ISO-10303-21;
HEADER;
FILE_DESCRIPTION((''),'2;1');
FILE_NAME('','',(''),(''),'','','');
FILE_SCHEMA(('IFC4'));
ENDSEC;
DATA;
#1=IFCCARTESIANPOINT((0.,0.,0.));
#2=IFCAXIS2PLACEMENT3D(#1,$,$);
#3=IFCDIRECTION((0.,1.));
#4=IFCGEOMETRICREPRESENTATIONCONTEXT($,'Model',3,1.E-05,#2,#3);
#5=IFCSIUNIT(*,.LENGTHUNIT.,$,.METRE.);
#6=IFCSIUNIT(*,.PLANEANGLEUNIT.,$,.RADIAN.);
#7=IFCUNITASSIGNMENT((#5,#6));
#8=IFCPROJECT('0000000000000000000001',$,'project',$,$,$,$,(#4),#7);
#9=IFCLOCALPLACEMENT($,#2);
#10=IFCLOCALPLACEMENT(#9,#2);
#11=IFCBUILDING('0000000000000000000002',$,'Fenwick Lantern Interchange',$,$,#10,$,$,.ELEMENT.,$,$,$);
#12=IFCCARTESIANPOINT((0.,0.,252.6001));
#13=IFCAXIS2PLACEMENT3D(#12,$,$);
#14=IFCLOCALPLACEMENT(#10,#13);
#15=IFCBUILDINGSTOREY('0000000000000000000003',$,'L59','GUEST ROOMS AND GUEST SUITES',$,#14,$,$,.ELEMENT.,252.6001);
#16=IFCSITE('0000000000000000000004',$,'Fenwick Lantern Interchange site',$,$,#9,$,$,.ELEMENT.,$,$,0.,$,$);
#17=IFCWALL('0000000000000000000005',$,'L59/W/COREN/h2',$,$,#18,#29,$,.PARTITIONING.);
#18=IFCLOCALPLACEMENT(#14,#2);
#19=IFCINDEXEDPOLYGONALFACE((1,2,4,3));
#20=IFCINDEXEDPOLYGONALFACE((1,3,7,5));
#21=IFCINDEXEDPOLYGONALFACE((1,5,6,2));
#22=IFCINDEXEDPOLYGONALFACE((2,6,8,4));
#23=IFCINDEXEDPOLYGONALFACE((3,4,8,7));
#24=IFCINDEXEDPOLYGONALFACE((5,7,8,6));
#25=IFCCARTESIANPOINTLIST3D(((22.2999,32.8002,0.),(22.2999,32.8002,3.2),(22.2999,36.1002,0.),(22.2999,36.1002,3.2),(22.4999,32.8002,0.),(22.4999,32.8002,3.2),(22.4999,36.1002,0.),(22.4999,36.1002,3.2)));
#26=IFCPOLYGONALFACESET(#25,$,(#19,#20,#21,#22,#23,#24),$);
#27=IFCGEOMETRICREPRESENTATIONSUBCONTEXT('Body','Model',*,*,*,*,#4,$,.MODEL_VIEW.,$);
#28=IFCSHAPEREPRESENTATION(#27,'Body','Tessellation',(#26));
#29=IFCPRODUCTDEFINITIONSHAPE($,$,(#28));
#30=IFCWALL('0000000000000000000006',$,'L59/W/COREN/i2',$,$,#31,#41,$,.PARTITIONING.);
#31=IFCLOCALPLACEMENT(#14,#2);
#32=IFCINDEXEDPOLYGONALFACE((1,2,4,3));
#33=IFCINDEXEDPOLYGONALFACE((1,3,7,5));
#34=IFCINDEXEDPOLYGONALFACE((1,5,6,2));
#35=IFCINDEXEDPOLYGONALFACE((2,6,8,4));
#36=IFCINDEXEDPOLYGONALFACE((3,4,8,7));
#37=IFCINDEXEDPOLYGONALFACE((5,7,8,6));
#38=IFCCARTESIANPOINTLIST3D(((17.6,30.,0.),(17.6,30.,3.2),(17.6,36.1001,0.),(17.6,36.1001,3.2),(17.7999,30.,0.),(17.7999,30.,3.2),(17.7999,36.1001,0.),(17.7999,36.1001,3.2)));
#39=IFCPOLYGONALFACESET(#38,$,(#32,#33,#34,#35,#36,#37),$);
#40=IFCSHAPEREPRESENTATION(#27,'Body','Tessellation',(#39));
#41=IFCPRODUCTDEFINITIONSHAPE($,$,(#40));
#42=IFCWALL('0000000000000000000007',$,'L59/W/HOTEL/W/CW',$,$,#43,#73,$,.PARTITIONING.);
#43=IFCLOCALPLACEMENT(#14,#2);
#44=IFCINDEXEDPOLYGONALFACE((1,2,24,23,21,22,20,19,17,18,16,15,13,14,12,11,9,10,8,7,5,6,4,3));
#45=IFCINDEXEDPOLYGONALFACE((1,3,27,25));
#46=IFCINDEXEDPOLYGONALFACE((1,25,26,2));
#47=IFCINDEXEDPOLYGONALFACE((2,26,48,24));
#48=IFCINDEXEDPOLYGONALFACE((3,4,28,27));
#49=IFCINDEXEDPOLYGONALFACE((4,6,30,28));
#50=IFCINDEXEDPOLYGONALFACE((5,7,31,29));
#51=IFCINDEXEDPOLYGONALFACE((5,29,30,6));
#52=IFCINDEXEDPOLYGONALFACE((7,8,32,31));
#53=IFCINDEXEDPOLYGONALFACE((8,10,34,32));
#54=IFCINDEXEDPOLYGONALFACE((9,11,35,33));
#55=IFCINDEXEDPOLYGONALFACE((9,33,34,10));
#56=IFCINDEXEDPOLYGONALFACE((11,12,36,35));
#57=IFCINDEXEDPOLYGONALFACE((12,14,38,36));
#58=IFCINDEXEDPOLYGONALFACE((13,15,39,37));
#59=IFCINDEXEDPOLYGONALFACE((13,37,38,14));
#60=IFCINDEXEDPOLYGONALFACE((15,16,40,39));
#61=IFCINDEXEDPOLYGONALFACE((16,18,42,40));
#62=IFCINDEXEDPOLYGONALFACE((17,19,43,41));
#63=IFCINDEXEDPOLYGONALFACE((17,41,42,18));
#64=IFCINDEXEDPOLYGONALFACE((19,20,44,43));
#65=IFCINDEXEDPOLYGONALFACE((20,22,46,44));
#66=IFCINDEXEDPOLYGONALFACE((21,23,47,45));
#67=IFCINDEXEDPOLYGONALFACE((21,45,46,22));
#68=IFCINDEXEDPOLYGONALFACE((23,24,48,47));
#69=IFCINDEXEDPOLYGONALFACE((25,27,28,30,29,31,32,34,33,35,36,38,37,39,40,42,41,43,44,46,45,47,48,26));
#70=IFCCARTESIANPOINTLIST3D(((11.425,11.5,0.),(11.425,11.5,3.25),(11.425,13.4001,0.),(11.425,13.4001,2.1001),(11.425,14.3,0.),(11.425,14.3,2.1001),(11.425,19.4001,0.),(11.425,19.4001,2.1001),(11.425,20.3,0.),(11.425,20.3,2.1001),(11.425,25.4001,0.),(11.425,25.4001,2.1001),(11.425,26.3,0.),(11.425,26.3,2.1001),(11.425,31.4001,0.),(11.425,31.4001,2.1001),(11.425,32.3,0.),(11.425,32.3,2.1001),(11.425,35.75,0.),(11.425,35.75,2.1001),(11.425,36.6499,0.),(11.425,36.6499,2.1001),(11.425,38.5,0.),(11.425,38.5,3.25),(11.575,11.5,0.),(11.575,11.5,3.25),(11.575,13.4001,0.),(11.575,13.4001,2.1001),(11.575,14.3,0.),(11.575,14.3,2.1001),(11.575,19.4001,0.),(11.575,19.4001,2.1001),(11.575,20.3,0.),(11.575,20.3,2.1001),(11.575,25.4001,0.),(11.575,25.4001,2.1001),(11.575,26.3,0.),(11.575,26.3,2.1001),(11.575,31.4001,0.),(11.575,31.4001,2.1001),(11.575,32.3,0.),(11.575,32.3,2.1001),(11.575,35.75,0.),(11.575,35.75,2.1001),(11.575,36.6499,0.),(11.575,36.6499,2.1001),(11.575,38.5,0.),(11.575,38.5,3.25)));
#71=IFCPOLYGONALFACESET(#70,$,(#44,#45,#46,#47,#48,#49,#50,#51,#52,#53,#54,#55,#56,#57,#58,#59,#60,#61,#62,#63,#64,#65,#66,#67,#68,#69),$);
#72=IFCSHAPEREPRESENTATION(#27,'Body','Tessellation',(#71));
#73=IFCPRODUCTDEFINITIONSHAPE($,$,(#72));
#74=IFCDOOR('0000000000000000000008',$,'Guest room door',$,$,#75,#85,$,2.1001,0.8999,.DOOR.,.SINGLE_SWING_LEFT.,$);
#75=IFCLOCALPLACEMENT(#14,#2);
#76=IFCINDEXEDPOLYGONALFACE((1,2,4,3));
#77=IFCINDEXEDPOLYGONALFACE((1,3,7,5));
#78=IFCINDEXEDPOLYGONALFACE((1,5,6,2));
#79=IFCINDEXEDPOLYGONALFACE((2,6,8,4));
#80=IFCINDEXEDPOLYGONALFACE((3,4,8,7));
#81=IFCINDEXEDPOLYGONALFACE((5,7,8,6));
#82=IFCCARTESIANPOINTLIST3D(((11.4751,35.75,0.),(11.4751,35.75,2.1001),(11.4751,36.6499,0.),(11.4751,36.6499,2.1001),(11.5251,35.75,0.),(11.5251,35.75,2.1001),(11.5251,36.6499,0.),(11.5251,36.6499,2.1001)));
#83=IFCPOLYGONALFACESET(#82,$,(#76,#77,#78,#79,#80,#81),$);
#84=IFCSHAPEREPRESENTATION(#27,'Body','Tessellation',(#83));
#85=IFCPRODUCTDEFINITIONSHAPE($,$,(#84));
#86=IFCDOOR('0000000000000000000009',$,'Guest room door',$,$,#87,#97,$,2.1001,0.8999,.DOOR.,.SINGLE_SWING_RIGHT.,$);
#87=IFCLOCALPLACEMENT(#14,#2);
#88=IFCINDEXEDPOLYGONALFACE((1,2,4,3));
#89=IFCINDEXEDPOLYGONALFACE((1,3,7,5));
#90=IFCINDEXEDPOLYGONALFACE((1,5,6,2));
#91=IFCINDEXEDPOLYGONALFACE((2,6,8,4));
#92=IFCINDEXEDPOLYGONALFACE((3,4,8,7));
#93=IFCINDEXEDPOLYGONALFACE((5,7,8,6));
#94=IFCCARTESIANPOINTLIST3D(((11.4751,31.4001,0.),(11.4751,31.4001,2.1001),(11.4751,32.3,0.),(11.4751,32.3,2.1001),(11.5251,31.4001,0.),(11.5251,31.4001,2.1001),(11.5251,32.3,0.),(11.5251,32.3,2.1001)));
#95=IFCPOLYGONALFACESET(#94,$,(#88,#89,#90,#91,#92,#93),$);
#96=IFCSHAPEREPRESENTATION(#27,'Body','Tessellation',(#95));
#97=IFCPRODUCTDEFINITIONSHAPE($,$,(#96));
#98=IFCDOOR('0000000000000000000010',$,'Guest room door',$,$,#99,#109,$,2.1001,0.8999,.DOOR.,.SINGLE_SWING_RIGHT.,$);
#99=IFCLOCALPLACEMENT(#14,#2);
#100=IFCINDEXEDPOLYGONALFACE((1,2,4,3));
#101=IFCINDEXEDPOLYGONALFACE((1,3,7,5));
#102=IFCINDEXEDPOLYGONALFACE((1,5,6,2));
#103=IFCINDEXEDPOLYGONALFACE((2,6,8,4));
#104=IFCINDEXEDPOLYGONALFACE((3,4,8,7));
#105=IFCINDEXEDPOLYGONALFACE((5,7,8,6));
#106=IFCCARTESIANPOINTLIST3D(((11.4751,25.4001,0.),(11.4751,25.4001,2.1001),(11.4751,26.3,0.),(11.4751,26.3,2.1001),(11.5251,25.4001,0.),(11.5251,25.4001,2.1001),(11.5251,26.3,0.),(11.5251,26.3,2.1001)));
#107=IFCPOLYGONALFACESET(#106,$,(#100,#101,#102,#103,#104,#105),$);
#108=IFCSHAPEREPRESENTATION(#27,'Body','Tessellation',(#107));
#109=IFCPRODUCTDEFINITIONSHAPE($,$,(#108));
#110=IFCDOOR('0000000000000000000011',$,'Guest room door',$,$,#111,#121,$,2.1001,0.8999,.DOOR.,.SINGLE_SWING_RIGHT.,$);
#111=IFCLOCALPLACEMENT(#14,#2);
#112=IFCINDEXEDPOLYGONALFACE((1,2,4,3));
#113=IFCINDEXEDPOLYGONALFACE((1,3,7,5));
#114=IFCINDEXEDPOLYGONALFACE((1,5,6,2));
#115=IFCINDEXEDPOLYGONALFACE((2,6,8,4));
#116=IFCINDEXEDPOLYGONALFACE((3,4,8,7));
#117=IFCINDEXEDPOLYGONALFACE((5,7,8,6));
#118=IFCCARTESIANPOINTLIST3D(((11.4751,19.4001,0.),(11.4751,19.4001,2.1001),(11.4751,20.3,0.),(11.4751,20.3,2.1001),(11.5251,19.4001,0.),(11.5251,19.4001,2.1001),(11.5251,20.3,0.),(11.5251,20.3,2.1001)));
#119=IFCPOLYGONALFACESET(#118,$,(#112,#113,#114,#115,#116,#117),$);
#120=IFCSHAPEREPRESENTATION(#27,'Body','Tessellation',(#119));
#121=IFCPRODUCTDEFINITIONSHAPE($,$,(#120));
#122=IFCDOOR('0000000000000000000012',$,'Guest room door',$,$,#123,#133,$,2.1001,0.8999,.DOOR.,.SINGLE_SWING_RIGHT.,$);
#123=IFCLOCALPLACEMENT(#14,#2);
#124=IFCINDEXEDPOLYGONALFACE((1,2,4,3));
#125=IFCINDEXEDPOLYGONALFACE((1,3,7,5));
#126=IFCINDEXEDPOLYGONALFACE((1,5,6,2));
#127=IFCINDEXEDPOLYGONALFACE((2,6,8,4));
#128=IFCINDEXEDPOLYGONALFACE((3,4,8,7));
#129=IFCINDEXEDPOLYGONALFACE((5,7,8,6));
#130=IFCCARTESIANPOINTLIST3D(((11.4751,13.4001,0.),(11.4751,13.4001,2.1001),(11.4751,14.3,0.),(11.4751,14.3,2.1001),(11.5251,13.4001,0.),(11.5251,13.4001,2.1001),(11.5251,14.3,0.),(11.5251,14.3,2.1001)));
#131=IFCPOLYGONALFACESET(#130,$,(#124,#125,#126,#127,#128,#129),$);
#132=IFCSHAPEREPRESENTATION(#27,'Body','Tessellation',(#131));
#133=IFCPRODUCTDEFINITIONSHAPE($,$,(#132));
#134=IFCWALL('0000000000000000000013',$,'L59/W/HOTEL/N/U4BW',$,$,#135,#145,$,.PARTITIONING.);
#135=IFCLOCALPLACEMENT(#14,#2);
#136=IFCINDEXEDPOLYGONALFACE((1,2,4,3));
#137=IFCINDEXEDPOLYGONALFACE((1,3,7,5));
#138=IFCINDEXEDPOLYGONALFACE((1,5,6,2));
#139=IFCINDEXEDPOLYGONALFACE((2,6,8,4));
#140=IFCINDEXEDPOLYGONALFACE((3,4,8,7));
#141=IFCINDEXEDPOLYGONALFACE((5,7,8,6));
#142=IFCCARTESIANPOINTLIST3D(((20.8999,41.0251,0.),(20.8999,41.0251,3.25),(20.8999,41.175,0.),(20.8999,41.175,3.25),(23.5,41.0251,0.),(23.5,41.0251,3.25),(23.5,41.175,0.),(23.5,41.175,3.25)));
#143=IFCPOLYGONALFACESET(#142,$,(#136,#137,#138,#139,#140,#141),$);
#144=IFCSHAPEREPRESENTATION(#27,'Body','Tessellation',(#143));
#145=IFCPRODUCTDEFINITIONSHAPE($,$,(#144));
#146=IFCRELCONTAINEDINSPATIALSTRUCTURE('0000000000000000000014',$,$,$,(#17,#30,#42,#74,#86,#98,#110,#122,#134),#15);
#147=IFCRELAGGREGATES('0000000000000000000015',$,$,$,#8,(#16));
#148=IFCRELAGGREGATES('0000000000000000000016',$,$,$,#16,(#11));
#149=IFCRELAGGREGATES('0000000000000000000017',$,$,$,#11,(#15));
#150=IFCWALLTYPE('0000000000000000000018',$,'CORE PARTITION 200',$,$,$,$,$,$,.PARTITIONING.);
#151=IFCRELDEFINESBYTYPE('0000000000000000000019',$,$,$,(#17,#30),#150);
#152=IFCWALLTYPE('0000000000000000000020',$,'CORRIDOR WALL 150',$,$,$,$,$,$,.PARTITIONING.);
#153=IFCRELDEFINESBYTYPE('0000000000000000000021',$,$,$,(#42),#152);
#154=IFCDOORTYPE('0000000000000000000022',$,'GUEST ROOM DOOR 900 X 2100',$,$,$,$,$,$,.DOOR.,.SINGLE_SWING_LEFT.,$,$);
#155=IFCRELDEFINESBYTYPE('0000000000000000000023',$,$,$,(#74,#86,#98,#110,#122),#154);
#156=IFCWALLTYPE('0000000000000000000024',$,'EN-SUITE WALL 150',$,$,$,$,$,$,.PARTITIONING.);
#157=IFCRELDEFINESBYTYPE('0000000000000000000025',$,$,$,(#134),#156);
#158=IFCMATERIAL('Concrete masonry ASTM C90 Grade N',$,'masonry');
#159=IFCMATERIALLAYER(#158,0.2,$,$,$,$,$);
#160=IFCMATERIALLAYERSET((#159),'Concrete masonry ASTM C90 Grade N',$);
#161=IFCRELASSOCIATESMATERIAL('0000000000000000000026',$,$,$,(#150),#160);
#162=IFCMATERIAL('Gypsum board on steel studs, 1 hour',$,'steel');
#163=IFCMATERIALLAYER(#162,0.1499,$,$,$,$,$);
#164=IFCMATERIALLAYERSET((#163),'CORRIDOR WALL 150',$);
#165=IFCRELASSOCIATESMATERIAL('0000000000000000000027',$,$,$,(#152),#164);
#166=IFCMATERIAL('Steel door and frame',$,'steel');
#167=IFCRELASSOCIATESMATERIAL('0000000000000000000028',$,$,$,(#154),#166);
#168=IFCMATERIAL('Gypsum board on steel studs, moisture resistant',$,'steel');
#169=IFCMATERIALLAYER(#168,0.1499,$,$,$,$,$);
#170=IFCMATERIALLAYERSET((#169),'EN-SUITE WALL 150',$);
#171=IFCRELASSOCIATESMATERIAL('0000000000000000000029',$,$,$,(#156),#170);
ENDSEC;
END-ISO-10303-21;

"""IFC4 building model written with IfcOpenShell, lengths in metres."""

from ifc_helpers import new_model, si_unit, direction, frame, frame_2d, origin, place, context, subcontext, project, spatial, rectangle, extrude, material, layer, layer_set, type_object, element, fill, save


model = new_model("IFC4")

# Units and contexts
model_context = context("Model", 3, precision=1e-05, world=origin(), true_north=direction((0.0, 1.0)))
body_context = subcontext(model_context, "Body", "Model", "MODEL_VIEW")
ifc_project = project(units=[si_unit("LENGTHUNIT", "METRE"), si_unit("PLANEANGLEUNIT", "RADIAN")], contexts=[model_context])

# Site, building, storey
site_placement = place(None, origin())
site = spatial("IfcSite", under=ifc_project, at=site_placement, Name="Fenwick Lantern Interchange site", CompositionType="ELEMENT", RefElevation=0.0)
building_placement = place(site_placement, origin())
building = spatial("IfcBuilding", under=site, at=building_placement, Name="Fenwick Lantern Interchange", CompositionType="ELEMENT")
storey_placement = place(building_placement, frame((0.0, 0.0, 252.6001)))
storey = spatial("IfcBuildingStorey", under=building, at=storey_placement, Name="L59", Description="GUEST ROOMS AND GUEST SUITES", CompositionType="ELEMENT", Elevation=252.6001)

# Walls
ifc_material_1 = material(Name="Concrete masonry ASTM C90 Grade N", Category="masonry")
ifc_layer_1 = layer(ifc_material_1, 0.2)
ifc_layer_set_1 = layer_set([ifc_layer_1], Name="Concrete masonry ASTM C90 Grade N")
wall_type_1 = type_object("IfcWallType", Name="CORE PARTITION 200", PredefinedType="PARTITIONING", material=ifc_layer_set_1)
wall_1_placement = place(storey_placement, frame((22.3999, 36.1001, 0.0), z_axis=(0.0, 0.0, 1.0), x_axis=(0.0, -1.0, 0.0)))
element("IfcWall", 1, at=wall_1_placement, inside=storey, type_object=wall_type_1, Name="L59/W/COREN/h2", PredefinedType="PARTITIONING", context=body_context, shape_type="SweptSolid", body=[
    extrude(rectangle(XDim=3.3, YDim=0.2, at=frame_2d((1.6499, 0.0))), origin(), (0.0, 0.0, 1.0), 3.2),
])
wall_2_placement = place(storey_placement, frame((17.7, 36.1001, 0.0), z_axis=(0.0, 0.0, 1.0), x_axis=(0.0, -1.0, 0.0)))
element("IfcWall", 2, at=wall_2_placement, inside=storey, type_object=wall_type_1, Name="L59/W/COREN/i2", PredefinedType="PARTITIONING", context=body_context, shape_type="SweptSolid", body=[
    extrude(rectangle(XDim=6.1001, YDim=0.2, at=frame_2d((3.05, 0.0))), origin(), (0.0, 0.0, 1.0), 3.2),
])

# Wall, openings, doors
ifc_material_2 = material(Name="Steel door and frame", Category="steel")
ifc_material_3 = material(Name="Gypsum board on steel studs, 1 hour", Category="steel")
ifc_layer_2 = layer(ifc_material_3, 0.1499)
ifc_layer_set_2 = layer_set([ifc_layer_2], Name="CORRIDOR WALL 150")
wall_type_2 = type_object("IfcWallType", Name="CORRIDOR WALL 150", PredefinedType="PARTITIONING", material=ifc_layer_set_2)
wall_3_placement = place(storey_placement, frame((11.5, 38.5, 0.0), z_axis=(0.0, 0.0, 1.0), x_axis=(0.0, -1.0, 0.0)))
wall_3 = element("IfcWall", 3, at=wall_3_placement, inside=storey, type_object=wall_type_2, Name="L59/W/HOTEL/W/CW", PredefinedType="PARTITIONING", context=body_context, shape_type="SweptSolid", body=[
    extrude(rectangle(XDim=27.0, YDim=0.1499, at=frame_2d((13.5, 0.0))), origin(), (0.0, 0.0, 1.0), 3.25),
])
opening_1_placement = place(wall_3_placement, frame((1.8501, 0.0, 0.0)))
opening_1 = element("IfcOpeningElement", 4, at=opening_1_placement, cuts=wall_3, PredefinedType="OPENING", context=body_context, shape_type="SweptSolid", body=[
    extrude(rectangle(XDim=0.8999, YDim=2.1001, at=frame_2d((0.45, 1.05))), frame((0.0, 0.085, 0.0), z_axis=(0.0, -1.0, 0.0), x_axis=(1.0, 0.0, 0.0)), (0.0, 0.0, 1.0), 0.1699),
])
opening_2_placement = place(wall_3_placement, frame((6.2, 0.0, 0.0)))
opening_2 = element("IfcOpeningElement", 5, at=opening_2_placement, cuts=wall_3, PredefinedType="OPENING", context=body_context, shape_type="SweptSolid", body=[
    extrude(rectangle(XDim=0.8999, YDim=2.1001, at=frame_2d((0.45, 1.05))), frame((0.0, 0.085, 0.0), z_axis=(0.0, -1.0, 0.0), x_axis=(1.0, 0.0, 0.0)), (0.0, 0.0, 1.0), 0.1699),
])
opening_3_placement = place(wall_3_placement, frame((12.2, 0.0, 0.0)))
opening_3 = element("IfcOpeningElement", 6, at=opening_3_placement, cuts=wall_3, PredefinedType="OPENING", context=body_context, shape_type="SweptSolid", body=[
    extrude(rectangle(XDim=0.8999, YDim=2.1001, at=frame_2d((0.45, 1.05))), frame((0.0, 0.085, 0.0), z_axis=(0.0, -1.0, 0.0), x_axis=(1.0, 0.0, 0.0)), (0.0, 0.0, 1.0), 0.1699),
])
opening_4_placement = place(wall_3_placement, frame((18.2, 0.0, 0.0)))
opening_4 = element("IfcOpeningElement", 7, at=opening_4_placement, cuts=wall_3, PredefinedType="OPENING", context=body_context, shape_type="SweptSolid", body=[
    extrude(rectangle(XDim=0.8999, YDim=2.1001, at=frame_2d((0.45, 1.05))), frame((0.0, 0.085, 0.0), z_axis=(0.0, -1.0, 0.0), x_axis=(1.0, 0.0, 0.0)), (0.0, 0.0, 1.0), 0.1699),
])
opening_5_placement = place(wall_3_placement, frame((24.2, 0.0, 0.0)))
opening_5 = element("IfcOpeningElement", 8, at=opening_5_placement, cuts=wall_3, PredefinedType="OPENING", context=body_context, shape_type="SweptSolid", body=[
    extrude(rectangle(XDim=0.8999, YDim=2.1001, at=frame_2d((0.45, 1.05))), frame((0.0, 0.085, 0.0), z_axis=(0.0, -1.0, 0.0), x_axis=(1.0, 0.0, 0.0)), (0.0, 0.0, 1.0), 0.1699),
])
door_type_1 = type_object("IfcDoorType", Name="GUEST ROOM DOOR 900 X 2100", OperationType="SINGLE_SWING_LEFT", PredefinedType="DOOR", material=ifc_material_2)
door_1_placement = place(opening_1_placement, frame((0.8999, 0.0, 0.0), z_axis=(0.0, 0.0, 1.0), x_axis=(-1.0, 0.0, 0.0)))
door_1 = element("IfcDoor", 9, at=door_1_placement, inside=storey, type_object=door_type_1, Name="Guest room door", OperationType="SINGLE_SWING_LEFT", OverallHeight=2.1001, OverallWidth=0.8999, PredefinedType="DOOR", context=body_context, shape_type="SweptSolid", body=[
    extrude(rectangle(XDim=0.8999, YDim=2.1001, at=frame_2d((0.45, 1.05))), frame((0.0, 0.0249, 0.0), z_axis=(0.0, -1.0, 0.0), x_axis=(1.0, 0.0, 0.0)), (0.0, 0.0, 1.0), 0.05),
])
fill(opening_1, door_1)
door_2_placement = place(opening_2_placement, frame((0.8999, 0.0, 0.0), z_axis=(0.0, 0.0, 1.0), x_axis=(-1.0, 0.0, 0.0)))
door_2 = element("IfcDoor", 10, at=door_2_placement, inside=storey, type_object=door_type_1, Name="Guest room door", OperationType="SINGLE_SWING_RIGHT", OverallHeight=2.1001, OverallWidth=0.8999, PredefinedType="DOOR", context=body_context, shape_type="SweptSolid", body=[
    extrude(rectangle(XDim=0.8999, YDim=2.1001, at=frame_2d((0.45, 1.05))), frame((0.0, 0.0249, 0.0), z_axis=(0.0, -1.0, 0.0), x_axis=(1.0, 0.0, 0.0)), (0.0, 0.0, 1.0), 0.05),
])
fill(opening_2, door_2)
door_3_placement = place(opening_3_placement, frame((0.8999, 0.0, 0.0), z_axis=(0.0, 0.0, 1.0), x_axis=(-1.0, 0.0, 0.0)))
door_3 = element("IfcDoor", 11, at=door_3_placement, inside=storey, type_object=door_type_1, Name="Guest room door", OperationType="SINGLE_SWING_RIGHT", OverallHeight=2.1001, OverallWidth=0.8999, PredefinedType="DOOR", context=body_context, shape_type="SweptSolid", body=[
    extrude(rectangle(XDim=0.8999, YDim=2.1001, at=frame_2d((0.45, 1.05))), frame((0.0, 0.0249, 0.0), z_axis=(0.0, -1.0, 0.0), x_axis=(1.0, 0.0, 0.0)), (0.0, 0.0, 1.0), 0.05),
])
fill(opening_3, door_3)
door_4_placement = place(opening_4_placement, frame((0.8999, 0.0, 0.0), z_axis=(0.0, 0.0, 1.0), x_axis=(-1.0, 0.0, 0.0)))
door_4 = element("IfcDoor", 12, at=door_4_placement, inside=storey, type_object=door_type_1, Name="Guest room door", OperationType="SINGLE_SWING_RIGHT", OverallHeight=2.1001, OverallWidth=0.8999, PredefinedType="DOOR", context=body_context, shape_type="SweptSolid", body=[
    extrude(rectangle(XDim=0.8999, YDim=2.1001, at=frame_2d((0.45, 1.05))), frame((0.0, 0.0249, 0.0), z_axis=(0.0, -1.0, 0.0), x_axis=(1.0, 0.0, 0.0)), (0.0, 0.0, 1.0), 0.05),
])
fill(opening_4, door_4)
door_5_placement = place(opening_5_placement, frame((0.8999, 0.0, 0.0), z_axis=(0.0, 0.0, 1.0), x_axis=(-1.0, 0.0, 0.0)))
door_5 = element("IfcDoor", 13, at=door_5_placement, inside=storey, type_object=door_type_1, Name="Guest room door", OperationType="SINGLE_SWING_RIGHT", OverallHeight=2.1001, OverallWidth=0.8999, PredefinedType="DOOR", context=body_context, shape_type="SweptSolid", body=[
    extrude(rectangle(XDim=0.8999, YDim=2.1001, at=frame_2d((0.45, 1.05))), frame((0.0, 0.0249, 0.0), z_axis=(0.0, -1.0, 0.0), x_axis=(1.0, 0.0, 0.0)), (0.0, 0.0, 1.0), 0.05),
])
fill(opening_5, door_5)

# Wall
ifc_material_4 = material(Name="Gypsum board on steel studs, moisture resistant", Category="steel")
ifc_layer_3 = layer(ifc_material_4, 0.1499)
ifc_layer_set_3 = layer_set([ifc_layer_3], Name="EN-SUITE WALL 150")
wall_type_3 = type_object("IfcWallType", Name="EN-SUITE WALL 150", PredefinedType="PARTITIONING", material=ifc_layer_set_3)
wall_4_placement = place(storey_placement, frame((23.5, 41.1001, 0.0), z_axis=(0.0, 0.0, 1.0), x_axis=(-1.0, 0.0, 0.0)))
element("IfcWall", 14, at=wall_4_placement, inside=storey, type_object=wall_type_3, Name="L59/W/HOTEL/N/U4BW", PredefinedType="PARTITIONING", context=body_context, shape_type="SweptSolid", body=[
    extrude(rectangle(XDim=2.6001, YDim=0.1499, at=frame_2d((1.3, 0.0))), origin(), (0.0, 0.0, 1.0), 3.25),
])

save(model, "model.ifc")
